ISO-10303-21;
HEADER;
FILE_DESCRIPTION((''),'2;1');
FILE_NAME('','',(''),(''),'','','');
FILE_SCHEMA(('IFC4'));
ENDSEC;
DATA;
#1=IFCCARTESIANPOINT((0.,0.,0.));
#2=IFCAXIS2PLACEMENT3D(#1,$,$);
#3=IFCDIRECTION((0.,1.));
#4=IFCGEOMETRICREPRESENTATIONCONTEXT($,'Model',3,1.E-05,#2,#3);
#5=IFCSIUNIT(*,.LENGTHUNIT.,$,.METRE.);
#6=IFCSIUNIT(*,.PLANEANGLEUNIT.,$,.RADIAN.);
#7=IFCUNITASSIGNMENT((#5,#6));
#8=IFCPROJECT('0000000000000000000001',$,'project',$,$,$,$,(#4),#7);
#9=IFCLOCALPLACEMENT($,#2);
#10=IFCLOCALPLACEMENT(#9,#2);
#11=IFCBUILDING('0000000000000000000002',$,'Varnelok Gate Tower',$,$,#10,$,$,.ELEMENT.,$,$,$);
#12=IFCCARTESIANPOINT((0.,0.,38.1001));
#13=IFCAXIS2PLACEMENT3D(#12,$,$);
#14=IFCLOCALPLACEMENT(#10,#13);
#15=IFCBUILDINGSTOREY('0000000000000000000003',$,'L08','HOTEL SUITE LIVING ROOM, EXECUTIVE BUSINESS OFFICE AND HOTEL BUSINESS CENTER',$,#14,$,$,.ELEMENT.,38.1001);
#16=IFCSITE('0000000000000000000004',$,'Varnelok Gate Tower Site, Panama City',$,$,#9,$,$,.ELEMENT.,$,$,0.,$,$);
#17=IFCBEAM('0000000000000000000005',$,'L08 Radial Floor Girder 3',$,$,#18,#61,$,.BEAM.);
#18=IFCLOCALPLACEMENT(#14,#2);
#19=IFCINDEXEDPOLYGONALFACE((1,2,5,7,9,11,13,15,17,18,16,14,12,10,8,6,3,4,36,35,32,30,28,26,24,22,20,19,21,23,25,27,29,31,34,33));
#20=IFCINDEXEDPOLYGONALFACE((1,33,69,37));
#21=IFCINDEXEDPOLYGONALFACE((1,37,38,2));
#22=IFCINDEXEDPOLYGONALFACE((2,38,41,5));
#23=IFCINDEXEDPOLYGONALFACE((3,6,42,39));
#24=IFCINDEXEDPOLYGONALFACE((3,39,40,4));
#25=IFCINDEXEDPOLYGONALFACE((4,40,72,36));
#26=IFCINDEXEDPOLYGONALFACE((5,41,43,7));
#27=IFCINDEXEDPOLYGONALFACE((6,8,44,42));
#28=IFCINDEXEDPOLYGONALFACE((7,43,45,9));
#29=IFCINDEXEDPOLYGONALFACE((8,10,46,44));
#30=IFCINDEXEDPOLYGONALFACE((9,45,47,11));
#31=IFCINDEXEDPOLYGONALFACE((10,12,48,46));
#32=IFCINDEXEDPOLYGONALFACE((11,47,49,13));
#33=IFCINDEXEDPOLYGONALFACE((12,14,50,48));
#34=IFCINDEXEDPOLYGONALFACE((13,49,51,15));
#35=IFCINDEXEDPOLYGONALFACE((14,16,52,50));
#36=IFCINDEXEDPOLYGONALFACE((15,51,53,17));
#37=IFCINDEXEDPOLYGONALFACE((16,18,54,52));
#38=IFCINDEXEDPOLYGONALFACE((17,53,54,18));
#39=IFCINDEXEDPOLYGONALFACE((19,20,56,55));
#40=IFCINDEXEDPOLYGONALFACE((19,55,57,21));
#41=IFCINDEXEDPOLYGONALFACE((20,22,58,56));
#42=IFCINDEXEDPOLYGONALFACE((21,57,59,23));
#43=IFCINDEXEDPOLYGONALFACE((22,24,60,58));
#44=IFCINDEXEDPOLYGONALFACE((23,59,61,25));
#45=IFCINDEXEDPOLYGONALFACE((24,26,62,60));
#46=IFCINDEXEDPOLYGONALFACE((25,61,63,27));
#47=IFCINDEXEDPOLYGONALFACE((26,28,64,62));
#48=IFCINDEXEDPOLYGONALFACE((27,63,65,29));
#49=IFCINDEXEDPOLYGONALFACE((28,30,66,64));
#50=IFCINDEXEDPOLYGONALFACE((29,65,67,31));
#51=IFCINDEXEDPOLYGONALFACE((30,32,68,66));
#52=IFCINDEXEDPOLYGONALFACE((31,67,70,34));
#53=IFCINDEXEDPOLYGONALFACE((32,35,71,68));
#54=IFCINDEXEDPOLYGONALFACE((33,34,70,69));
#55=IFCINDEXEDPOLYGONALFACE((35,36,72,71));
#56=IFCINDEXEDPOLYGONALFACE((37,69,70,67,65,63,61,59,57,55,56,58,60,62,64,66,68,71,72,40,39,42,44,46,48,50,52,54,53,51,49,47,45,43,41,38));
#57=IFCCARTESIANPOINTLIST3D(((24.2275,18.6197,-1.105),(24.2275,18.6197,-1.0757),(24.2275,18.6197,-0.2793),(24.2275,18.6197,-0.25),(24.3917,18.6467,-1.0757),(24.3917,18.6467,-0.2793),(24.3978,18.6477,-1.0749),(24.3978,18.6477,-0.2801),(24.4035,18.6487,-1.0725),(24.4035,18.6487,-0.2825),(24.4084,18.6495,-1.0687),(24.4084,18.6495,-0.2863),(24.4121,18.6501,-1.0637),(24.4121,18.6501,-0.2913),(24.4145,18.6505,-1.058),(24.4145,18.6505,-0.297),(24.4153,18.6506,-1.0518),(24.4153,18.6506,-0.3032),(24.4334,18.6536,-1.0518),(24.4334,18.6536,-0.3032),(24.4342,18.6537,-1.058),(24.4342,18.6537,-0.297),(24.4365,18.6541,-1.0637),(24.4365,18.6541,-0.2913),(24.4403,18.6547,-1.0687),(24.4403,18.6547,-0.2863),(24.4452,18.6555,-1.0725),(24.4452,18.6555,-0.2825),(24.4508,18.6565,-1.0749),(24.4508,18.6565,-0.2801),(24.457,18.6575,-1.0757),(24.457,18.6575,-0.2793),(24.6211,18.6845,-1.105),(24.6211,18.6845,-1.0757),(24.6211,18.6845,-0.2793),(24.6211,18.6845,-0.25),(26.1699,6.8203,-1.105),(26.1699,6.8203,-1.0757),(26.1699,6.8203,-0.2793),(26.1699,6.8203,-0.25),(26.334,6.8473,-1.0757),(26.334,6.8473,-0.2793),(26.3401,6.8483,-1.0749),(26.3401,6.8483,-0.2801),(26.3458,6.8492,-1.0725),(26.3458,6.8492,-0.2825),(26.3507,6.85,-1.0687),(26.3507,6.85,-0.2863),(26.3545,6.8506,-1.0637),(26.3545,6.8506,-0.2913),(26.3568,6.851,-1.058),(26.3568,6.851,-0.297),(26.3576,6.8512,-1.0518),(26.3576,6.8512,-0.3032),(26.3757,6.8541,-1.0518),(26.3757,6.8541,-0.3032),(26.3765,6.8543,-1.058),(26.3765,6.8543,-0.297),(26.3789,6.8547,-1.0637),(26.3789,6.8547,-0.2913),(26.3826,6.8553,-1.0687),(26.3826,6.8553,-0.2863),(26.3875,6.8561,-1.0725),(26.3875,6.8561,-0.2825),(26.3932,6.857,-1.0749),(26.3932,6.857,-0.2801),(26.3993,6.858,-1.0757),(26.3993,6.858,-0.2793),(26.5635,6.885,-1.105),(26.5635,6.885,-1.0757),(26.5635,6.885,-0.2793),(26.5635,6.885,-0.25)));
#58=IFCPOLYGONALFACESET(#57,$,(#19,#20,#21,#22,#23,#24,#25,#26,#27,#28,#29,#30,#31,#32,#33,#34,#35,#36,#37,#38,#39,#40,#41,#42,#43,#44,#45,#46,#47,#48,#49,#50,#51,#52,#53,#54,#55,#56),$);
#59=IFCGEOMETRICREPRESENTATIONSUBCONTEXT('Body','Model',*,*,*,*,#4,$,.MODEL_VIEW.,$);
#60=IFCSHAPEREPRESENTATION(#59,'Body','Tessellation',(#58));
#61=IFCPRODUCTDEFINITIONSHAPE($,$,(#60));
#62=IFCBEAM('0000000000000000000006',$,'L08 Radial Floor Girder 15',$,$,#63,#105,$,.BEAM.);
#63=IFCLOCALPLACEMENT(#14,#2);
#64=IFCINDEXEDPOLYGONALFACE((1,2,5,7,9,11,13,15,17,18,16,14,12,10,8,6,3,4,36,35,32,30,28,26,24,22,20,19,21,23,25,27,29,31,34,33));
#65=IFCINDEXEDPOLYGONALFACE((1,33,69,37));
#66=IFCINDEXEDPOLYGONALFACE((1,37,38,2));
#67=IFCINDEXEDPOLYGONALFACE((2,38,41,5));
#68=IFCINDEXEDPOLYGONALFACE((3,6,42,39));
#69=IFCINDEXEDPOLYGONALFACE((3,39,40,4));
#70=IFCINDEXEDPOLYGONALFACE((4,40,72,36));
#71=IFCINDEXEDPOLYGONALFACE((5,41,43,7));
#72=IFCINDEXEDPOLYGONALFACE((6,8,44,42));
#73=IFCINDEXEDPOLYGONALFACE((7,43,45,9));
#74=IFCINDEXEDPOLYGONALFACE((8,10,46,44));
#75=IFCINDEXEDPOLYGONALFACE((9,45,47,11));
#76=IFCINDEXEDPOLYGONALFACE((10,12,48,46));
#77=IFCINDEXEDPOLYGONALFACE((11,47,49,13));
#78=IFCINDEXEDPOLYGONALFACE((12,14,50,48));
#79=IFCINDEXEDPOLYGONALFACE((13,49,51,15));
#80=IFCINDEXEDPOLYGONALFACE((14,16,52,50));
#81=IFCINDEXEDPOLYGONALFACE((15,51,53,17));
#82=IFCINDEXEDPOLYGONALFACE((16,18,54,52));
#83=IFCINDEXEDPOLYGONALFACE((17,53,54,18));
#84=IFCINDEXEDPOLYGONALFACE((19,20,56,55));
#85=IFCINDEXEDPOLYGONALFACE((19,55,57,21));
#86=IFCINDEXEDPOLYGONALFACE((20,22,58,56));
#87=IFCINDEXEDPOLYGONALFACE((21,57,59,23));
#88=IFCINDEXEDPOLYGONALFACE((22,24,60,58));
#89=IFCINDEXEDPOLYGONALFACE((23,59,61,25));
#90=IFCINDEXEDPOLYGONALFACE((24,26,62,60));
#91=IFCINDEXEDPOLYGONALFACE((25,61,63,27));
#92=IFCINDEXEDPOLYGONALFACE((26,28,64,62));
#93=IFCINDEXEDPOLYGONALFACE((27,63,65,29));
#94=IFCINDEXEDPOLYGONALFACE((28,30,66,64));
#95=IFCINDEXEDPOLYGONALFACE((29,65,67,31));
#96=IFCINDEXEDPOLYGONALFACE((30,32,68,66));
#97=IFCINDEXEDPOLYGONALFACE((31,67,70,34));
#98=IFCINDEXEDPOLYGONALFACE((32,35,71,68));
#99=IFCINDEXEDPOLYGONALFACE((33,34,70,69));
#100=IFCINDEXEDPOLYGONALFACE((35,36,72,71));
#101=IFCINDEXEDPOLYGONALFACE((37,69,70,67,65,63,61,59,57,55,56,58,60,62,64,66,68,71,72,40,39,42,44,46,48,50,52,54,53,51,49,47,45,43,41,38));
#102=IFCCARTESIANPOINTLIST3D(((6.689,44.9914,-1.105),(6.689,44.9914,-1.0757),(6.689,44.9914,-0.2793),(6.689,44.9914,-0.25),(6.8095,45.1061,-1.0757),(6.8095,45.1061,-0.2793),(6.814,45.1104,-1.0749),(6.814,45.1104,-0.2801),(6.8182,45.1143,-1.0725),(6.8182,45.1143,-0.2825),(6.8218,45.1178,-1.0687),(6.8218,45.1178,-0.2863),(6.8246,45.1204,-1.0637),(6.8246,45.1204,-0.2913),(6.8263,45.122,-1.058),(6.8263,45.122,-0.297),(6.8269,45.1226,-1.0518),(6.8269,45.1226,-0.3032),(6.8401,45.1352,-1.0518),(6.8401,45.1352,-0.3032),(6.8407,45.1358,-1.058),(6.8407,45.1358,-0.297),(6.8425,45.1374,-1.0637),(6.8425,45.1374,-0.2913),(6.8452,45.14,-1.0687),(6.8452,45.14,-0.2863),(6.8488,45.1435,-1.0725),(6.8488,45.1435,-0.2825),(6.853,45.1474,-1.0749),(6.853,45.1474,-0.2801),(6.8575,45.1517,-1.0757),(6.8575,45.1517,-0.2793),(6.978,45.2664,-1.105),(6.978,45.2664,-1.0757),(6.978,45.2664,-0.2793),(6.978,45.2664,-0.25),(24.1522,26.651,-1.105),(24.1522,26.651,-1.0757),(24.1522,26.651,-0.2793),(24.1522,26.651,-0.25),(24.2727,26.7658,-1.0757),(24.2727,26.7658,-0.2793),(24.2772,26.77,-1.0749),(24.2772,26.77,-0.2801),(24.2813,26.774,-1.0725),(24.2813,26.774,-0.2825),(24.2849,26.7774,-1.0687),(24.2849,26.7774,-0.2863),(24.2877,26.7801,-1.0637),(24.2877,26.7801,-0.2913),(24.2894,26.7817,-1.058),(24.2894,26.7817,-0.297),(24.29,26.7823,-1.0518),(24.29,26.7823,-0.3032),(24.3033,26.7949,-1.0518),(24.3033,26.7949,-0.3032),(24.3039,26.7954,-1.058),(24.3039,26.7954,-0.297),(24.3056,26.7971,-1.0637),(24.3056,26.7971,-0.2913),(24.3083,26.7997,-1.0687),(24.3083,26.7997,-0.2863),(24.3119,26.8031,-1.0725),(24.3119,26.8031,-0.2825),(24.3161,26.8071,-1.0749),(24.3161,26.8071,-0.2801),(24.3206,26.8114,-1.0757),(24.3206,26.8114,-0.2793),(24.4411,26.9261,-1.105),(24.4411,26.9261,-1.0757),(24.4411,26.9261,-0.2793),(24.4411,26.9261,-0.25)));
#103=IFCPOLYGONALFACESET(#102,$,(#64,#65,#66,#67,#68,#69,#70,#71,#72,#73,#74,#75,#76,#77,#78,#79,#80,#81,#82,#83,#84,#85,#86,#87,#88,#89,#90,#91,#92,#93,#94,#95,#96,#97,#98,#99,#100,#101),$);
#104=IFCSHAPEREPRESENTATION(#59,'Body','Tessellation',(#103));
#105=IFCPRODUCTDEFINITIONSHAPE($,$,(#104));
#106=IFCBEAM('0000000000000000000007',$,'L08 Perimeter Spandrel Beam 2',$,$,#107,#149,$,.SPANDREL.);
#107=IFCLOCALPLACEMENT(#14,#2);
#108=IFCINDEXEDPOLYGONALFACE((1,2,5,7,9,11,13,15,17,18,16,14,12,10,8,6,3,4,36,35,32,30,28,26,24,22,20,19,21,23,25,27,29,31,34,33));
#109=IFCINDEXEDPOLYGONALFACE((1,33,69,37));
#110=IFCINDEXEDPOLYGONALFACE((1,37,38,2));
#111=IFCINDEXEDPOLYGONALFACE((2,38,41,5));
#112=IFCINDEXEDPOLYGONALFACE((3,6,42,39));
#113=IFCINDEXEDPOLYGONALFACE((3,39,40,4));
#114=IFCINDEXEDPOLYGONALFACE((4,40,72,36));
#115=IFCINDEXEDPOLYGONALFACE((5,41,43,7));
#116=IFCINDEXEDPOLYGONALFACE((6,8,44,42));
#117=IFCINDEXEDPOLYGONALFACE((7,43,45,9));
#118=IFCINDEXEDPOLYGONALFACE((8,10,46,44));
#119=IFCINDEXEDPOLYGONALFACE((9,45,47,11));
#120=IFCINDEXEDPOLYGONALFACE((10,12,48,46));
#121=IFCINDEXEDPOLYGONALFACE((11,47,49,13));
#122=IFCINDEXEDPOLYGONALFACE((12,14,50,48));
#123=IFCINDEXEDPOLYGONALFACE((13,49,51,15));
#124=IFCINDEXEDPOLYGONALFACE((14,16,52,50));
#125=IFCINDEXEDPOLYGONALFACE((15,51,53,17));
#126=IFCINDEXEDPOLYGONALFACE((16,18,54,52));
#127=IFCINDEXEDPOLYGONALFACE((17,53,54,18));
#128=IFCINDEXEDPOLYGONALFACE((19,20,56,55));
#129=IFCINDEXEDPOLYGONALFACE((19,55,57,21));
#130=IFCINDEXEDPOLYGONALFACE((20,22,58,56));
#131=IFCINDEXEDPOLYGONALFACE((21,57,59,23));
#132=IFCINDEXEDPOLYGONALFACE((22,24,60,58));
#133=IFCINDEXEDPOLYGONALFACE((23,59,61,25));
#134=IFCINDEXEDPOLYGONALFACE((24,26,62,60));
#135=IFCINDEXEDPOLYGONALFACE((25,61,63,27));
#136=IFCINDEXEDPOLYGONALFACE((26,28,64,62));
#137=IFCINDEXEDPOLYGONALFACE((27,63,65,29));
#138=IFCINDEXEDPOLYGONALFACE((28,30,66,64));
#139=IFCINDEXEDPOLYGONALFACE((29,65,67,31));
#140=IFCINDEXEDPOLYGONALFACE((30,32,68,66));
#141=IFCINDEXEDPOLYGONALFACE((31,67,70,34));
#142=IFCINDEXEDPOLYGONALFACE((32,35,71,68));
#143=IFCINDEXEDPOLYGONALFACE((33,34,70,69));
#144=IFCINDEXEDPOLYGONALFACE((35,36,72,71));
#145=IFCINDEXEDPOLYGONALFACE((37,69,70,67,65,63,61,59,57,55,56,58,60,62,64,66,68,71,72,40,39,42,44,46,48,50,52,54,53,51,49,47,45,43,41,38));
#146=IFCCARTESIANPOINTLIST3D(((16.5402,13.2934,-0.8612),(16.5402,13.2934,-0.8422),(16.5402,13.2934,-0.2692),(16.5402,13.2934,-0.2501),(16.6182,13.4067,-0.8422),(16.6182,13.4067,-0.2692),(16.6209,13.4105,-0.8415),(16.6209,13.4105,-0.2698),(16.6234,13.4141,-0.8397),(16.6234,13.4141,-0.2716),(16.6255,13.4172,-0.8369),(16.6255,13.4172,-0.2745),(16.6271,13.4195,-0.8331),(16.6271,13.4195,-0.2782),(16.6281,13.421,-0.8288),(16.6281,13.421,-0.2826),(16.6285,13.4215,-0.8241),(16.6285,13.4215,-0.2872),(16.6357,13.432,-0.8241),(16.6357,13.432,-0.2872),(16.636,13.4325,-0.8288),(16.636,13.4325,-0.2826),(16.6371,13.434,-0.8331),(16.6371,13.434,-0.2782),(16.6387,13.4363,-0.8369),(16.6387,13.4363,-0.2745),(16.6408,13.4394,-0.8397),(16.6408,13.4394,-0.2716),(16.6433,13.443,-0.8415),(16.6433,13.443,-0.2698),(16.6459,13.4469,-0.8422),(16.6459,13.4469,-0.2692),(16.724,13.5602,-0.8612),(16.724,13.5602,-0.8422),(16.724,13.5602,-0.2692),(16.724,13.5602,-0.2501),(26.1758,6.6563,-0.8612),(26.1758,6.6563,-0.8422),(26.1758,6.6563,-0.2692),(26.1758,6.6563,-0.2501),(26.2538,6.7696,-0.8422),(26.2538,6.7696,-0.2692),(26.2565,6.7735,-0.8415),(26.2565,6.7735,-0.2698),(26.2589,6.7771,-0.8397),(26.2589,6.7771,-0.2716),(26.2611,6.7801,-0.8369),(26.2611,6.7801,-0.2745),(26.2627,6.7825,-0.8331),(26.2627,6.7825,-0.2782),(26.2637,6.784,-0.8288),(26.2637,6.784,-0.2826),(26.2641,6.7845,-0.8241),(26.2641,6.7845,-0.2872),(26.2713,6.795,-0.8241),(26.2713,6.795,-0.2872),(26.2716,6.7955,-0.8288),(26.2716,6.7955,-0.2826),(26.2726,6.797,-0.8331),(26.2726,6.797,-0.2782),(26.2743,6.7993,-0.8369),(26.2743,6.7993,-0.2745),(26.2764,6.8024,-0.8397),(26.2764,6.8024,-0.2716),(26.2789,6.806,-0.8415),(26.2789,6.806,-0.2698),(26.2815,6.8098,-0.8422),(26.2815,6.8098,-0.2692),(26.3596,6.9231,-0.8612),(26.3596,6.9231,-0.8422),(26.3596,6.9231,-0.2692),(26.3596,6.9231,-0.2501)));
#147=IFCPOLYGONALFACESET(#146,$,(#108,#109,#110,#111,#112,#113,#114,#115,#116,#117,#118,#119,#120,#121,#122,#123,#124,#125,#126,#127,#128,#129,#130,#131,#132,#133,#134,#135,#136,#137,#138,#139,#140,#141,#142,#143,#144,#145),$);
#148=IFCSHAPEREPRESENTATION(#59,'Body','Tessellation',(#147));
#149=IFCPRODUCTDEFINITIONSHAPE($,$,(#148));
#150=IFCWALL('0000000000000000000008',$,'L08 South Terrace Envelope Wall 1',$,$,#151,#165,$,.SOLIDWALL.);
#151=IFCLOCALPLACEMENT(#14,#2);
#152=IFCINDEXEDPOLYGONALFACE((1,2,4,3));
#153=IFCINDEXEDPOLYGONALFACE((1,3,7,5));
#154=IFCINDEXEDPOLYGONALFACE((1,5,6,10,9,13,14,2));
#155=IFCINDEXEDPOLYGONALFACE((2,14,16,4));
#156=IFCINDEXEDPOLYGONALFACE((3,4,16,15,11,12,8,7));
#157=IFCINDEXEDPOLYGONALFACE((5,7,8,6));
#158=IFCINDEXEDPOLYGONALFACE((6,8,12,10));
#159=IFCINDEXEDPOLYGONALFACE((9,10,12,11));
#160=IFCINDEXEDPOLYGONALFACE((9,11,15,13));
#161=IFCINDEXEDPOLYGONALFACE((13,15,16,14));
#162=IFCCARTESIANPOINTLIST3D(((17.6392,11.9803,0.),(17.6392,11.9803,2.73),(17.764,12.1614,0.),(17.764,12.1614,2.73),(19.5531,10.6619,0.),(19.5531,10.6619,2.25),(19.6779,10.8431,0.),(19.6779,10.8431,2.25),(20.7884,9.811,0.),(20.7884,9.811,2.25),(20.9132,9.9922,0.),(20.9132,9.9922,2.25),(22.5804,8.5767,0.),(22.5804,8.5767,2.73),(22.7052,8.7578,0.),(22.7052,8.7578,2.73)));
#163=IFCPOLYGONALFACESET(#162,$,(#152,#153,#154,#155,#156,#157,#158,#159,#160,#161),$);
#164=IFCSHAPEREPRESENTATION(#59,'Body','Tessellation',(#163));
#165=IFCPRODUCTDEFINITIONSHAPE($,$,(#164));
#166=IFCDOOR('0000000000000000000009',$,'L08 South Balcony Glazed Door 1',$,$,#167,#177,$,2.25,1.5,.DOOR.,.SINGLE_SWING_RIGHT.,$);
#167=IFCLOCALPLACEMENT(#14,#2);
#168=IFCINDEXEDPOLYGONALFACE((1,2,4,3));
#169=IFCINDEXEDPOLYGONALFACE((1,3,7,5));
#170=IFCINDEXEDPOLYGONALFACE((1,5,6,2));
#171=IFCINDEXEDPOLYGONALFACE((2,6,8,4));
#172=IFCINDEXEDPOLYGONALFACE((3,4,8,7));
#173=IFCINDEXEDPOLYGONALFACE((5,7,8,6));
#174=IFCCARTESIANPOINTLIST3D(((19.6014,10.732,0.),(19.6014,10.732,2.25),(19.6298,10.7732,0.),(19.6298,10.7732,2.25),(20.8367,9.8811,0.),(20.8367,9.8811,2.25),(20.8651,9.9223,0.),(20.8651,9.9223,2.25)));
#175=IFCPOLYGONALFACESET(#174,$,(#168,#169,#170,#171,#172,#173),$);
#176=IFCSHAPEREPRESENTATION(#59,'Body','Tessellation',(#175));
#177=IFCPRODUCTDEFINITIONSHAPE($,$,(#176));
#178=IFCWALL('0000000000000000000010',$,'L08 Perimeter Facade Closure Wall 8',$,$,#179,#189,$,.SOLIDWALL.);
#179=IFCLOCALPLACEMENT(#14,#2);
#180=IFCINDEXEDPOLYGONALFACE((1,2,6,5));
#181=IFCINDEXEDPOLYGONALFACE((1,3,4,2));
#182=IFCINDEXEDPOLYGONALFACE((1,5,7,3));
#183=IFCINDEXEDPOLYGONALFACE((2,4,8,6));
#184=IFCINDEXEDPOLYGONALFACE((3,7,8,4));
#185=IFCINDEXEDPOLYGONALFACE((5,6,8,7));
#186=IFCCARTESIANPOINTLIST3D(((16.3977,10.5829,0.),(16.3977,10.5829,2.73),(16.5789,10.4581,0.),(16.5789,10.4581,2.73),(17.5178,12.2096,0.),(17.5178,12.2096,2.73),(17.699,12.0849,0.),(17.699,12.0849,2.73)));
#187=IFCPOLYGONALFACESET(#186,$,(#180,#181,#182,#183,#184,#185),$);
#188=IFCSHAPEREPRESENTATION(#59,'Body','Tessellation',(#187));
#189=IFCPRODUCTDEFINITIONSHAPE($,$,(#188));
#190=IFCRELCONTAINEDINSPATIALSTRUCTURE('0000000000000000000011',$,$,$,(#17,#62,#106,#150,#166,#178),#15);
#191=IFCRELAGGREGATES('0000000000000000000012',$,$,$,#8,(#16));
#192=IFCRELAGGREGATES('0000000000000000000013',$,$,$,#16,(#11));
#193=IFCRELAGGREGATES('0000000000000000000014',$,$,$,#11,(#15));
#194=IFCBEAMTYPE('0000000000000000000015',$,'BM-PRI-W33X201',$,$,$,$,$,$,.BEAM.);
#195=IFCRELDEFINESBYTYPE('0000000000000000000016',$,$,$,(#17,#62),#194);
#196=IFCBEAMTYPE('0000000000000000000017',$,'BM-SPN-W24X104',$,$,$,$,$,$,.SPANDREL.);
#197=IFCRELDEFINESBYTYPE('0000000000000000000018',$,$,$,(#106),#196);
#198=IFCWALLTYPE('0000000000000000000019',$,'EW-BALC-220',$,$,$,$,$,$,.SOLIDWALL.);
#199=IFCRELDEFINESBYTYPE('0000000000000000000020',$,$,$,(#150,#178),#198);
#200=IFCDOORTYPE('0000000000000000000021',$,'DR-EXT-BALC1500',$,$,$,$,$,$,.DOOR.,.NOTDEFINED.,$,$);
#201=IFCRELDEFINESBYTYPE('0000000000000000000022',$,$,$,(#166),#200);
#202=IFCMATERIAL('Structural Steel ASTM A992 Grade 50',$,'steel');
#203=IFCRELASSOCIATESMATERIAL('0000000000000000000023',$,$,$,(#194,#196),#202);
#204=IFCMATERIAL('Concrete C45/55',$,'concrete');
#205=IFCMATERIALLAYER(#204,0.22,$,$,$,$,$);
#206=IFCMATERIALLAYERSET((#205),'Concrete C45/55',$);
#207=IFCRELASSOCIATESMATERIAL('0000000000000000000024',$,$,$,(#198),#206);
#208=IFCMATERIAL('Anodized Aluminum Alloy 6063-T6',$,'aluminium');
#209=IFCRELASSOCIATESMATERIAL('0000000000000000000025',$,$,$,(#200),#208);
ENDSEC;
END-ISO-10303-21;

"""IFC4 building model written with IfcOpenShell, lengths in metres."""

from ifc_helpers import new_model, si_unit, direction, frame, frame_2d, origin, origin_2d, place, context, subcontext, project, spatial, rectangle, i_section, extrude, material, layer, layer_set, material_profile, profile_set, type_object, element, fill, save


model = new_model("IFC4")

# Units and contexts
model_context = context("Model", 3, precision=1e-05, world=origin(), true_north=direction((0.0, 1.0)))
body_context = subcontext(model_context, "Body", "Model", "MODEL_VIEW")
ifc_project = project(units=[si_unit("LENGTHUNIT", "METRE"), si_unit("PLANEANGLEUNIT", "RADIAN")], contexts=[model_context])

# Site, building, storey
site_placement = place(None, origin())
site = spatial("IfcSite", under=ifc_project, at=site_placement, Name="Varnelok Gate Tower Site, Panama City", CompositionType="ELEMENT", RefElevation=0.0)
building_placement = place(site_placement, origin())
building = spatial("IfcBuilding", under=site, at=building_placement, Name="Varnelok Gate Tower", CompositionType="ELEMENT")
storey_placement = place(building_placement, frame((0.0, 0.0, 38.1001)))
storey = spatial("IfcBuildingStorey", under=building, at=storey_placement, Name="L08", Description="HOTEL SUITE LIVING ROOM, EXECUTIVE BUSINESS OFFICE AND HOTEL BUSINESS CENTER", CompositionType="ELEMENT", Elevation=38.1001)

# Shared definitions
ifc_material_1 = material(Name="Structural Steel ASTM A992 Grade 50", Category="steel")

# Beams
ifc_material_profile_1 = material_profile(ifc_material_1, i_section(OverallWidth=0.3989, OverallDepth=0.855, WebThickness=0.0183, FlangeThickness=0.0293, FilletRadius=0.0239, at=origin_2d()), Name="W33X201")
ifc_profile_set_1 = profile_set([ifc_material_profile_1], Name="Structural Steel ASTM A992 Grade 50")
beam_type_1 = type_object("IfcBeamType", Name="BM-PRI-W33X201", PredefinedType="BEAM", material=ifc_profile_set_1)
beam_1_placement = place(storey_placement, frame((24.4243, 18.6521, -0.6775), z_axis=(0.162429, -0.98672, 0.0), x_axis=(0.98672, 0.162429, 0.0)))
element("IfcBeam", 1, at=beam_1_placement, inside=storey, type_object=beam_type_1, Name="L08 Radial Floor Girder 3", PredefinedType="BEAM", context=body_context, shape_type="SweptSolid", body=[
    extrude(i_section(OverallWidth=0.3989, OverallDepth=0.855, WebThickness=0.0183, FlangeThickness=0.0293, FilletRadius=0.0239, at=origin_2d()), origin(), (0.0, 0.0, 1.0), 11.9583),
])
beam_2_placement = place(storey_placement, frame((24.2966, 26.7886, -0.6775), z_axis=(-0.689575, 0.724214, 0.0), x_axis=(-0.724214, -0.689575, 0.0)))
element("IfcBeam", 2, at=beam_2_placement, inside=storey, type_object=beam_type_1, Name="L08 Radial Floor Girder 15", PredefinedType="BEAM", context=body_context, shape_type="SweptSolid", body=[
    extrude(i_section(OverallWidth=0.3989, OverallDepth=0.855, WebThickness=0.0183, FlangeThickness=0.0293, FilletRadius=0.0239, at=origin_2d()), origin(), (0.0, 0.0, 1.0), 25.3245),
])
ifc_material_profile_2 = material_profile(ifc_material_1, i_section(OverallWidth=0.324, OverallDepth=0.6111, WebThickness=0.0127, FlangeThickness=0.019, FilletRadius=0.0181, at=origin_2d()), Name="W24X104")
ifc_profile_set_2 = profile_set([ifc_material_profile_2], Name="Structural Steel ASTM A992 Grade 50")
beam_type_2 = type_object("IfcBeamType", Name="BM-SPN-W24X104", PredefinedType="SPANDREL", material=ifc_profile_set_2)
beam_3_placement = place(storey_placement, frame((16.6321, 13.4268, -0.5557), z_axis=(0.823541, -0.567257, 0.0), x_axis=(0.567257, 0.823541, 0.0)))
element("IfcBeam", 3, at=beam_3_placement, inside=storey, type_object=beam_type_2, Name="L08 Perimeter Spandrel Beam 2", PredefinedType="SPANDREL", context=body_context, shape_type="SweptSolid", body=[
    extrude(i_section(OverallWidth=0.324, OverallDepth=0.6111, WebThickness=0.0127, FlangeThickness=0.019, FilletRadius=0.0181, at=origin_2d()), origin(), (0.0, 0.0, 1.0), 11.7002),
])

# Wall, opening, door
ifc_material_2 = material(Name="Concrete C45/55", Category="concrete")
ifc_layer_1 = layer(ifc_material_2, 0.22)
ifc_layer_set_1 = layer_set([ifc_layer_1], Name="Concrete C45/55")
wall_type_1 = type_object("IfcWallType", Name="EW-BALC-220", PredefinedType="SOLIDWALL", material=ifc_layer_set_1)
wall_1_placement = place(storey_placement, frame((22.6428, 8.6672, 0.0), z_axis=(0.0, 0.0, 1.0), x_axis=(-0.823535, 0.567266, 0.0)))
wall_1 = element("IfcWall", 4, at=wall_1_placement, inside=storey, type_object=wall_type_1, Name="L08 South Terrace Envelope Wall 1", PredefinedType="SOLIDWALL", context=body_context, shape_type="SweptSolid", body=[
    extrude(rectangle(XDim=6.0, YDim=0.22, at=frame_2d((3.0, 0.0))), origin(), (0.0, 0.0, 1.0), 2.73),
])
opening_1_placement = place(wall_1_placement, frame((2.176, 0.0, 0.0)))
opening_1 = element("IfcOpeningElement", 5, at=opening_1_placement, cuts=wall_1, PredefinedType="OPENING", context=body_context, shape_type="SweptSolid", body=[
    extrude(rectangle(XDim=1.5, YDim=2.25, at=frame_2d((0.75, 1.125))), frame((0.0, 0.1199, 0.0), z_axis=(0.0, -1.0, 0.0), x_axis=(1.0, 0.0, 0.0)), (0.0, 0.0, 1.0), 0.24),
])
ifc_material_3 = material(Name="Anodized Aluminum Alloy 6063-T6", Category="aluminium")
door_type_1 = type_object("IfcDoorType", Name="DR-EXT-BALC1500", OperationType="NOTDEFINED", PredefinedType="DOOR", material=ifc_material_3)
door_1_placement = place(opening_1_placement, origin())
door_1 = element("IfcDoor", 6, at=door_1_placement, inside=storey, type_object=door_type_1, Name="L08 South Balcony Glazed Door 1", OperationType="SINGLE_SWING_RIGHT", OverallHeight=2.25, OverallWidth=1.5, PredefinedType="DOOR", context=body_context, shape_type="SweptSolid", body=[
    extrude(rectangle(XDim=1.5, YDim=2.25, at=frame_2d((0.75, 1.125))), frame((0.0, 0.0249, 0.0), z_axis=(0.0, -1.0, 0.0), x_axis=(1.0, 0.0, 0.0)), (0.0, 0.0, 1.0), 0.05),
])
fill(opening_1, door_1)

# Wall
wall_2_placement = place(storey_placement, frame((16.4883, 10.5205, 0.0), z_axis=(0.0, 0.0, 1.0), x_axis=(0.567132, 0.823627, 0.0)))
element("IfcWall", 7, at=wall_2_placement, inside=storey, type_object=wall_type_1, Name="L08 Perimeter Facade Closure Wall 8", PredefinedType="SOLIDWALL", context=body_context, shape_type="SweptSolid", body=[
    extrude(rectangle(XDim=1.9751, YDim=0.22, at=frame_2d((0.9875, 0.0))), origin(), (0.0, 0.0, 1.0), 2.73),
])

save(model, "model.ifc")
